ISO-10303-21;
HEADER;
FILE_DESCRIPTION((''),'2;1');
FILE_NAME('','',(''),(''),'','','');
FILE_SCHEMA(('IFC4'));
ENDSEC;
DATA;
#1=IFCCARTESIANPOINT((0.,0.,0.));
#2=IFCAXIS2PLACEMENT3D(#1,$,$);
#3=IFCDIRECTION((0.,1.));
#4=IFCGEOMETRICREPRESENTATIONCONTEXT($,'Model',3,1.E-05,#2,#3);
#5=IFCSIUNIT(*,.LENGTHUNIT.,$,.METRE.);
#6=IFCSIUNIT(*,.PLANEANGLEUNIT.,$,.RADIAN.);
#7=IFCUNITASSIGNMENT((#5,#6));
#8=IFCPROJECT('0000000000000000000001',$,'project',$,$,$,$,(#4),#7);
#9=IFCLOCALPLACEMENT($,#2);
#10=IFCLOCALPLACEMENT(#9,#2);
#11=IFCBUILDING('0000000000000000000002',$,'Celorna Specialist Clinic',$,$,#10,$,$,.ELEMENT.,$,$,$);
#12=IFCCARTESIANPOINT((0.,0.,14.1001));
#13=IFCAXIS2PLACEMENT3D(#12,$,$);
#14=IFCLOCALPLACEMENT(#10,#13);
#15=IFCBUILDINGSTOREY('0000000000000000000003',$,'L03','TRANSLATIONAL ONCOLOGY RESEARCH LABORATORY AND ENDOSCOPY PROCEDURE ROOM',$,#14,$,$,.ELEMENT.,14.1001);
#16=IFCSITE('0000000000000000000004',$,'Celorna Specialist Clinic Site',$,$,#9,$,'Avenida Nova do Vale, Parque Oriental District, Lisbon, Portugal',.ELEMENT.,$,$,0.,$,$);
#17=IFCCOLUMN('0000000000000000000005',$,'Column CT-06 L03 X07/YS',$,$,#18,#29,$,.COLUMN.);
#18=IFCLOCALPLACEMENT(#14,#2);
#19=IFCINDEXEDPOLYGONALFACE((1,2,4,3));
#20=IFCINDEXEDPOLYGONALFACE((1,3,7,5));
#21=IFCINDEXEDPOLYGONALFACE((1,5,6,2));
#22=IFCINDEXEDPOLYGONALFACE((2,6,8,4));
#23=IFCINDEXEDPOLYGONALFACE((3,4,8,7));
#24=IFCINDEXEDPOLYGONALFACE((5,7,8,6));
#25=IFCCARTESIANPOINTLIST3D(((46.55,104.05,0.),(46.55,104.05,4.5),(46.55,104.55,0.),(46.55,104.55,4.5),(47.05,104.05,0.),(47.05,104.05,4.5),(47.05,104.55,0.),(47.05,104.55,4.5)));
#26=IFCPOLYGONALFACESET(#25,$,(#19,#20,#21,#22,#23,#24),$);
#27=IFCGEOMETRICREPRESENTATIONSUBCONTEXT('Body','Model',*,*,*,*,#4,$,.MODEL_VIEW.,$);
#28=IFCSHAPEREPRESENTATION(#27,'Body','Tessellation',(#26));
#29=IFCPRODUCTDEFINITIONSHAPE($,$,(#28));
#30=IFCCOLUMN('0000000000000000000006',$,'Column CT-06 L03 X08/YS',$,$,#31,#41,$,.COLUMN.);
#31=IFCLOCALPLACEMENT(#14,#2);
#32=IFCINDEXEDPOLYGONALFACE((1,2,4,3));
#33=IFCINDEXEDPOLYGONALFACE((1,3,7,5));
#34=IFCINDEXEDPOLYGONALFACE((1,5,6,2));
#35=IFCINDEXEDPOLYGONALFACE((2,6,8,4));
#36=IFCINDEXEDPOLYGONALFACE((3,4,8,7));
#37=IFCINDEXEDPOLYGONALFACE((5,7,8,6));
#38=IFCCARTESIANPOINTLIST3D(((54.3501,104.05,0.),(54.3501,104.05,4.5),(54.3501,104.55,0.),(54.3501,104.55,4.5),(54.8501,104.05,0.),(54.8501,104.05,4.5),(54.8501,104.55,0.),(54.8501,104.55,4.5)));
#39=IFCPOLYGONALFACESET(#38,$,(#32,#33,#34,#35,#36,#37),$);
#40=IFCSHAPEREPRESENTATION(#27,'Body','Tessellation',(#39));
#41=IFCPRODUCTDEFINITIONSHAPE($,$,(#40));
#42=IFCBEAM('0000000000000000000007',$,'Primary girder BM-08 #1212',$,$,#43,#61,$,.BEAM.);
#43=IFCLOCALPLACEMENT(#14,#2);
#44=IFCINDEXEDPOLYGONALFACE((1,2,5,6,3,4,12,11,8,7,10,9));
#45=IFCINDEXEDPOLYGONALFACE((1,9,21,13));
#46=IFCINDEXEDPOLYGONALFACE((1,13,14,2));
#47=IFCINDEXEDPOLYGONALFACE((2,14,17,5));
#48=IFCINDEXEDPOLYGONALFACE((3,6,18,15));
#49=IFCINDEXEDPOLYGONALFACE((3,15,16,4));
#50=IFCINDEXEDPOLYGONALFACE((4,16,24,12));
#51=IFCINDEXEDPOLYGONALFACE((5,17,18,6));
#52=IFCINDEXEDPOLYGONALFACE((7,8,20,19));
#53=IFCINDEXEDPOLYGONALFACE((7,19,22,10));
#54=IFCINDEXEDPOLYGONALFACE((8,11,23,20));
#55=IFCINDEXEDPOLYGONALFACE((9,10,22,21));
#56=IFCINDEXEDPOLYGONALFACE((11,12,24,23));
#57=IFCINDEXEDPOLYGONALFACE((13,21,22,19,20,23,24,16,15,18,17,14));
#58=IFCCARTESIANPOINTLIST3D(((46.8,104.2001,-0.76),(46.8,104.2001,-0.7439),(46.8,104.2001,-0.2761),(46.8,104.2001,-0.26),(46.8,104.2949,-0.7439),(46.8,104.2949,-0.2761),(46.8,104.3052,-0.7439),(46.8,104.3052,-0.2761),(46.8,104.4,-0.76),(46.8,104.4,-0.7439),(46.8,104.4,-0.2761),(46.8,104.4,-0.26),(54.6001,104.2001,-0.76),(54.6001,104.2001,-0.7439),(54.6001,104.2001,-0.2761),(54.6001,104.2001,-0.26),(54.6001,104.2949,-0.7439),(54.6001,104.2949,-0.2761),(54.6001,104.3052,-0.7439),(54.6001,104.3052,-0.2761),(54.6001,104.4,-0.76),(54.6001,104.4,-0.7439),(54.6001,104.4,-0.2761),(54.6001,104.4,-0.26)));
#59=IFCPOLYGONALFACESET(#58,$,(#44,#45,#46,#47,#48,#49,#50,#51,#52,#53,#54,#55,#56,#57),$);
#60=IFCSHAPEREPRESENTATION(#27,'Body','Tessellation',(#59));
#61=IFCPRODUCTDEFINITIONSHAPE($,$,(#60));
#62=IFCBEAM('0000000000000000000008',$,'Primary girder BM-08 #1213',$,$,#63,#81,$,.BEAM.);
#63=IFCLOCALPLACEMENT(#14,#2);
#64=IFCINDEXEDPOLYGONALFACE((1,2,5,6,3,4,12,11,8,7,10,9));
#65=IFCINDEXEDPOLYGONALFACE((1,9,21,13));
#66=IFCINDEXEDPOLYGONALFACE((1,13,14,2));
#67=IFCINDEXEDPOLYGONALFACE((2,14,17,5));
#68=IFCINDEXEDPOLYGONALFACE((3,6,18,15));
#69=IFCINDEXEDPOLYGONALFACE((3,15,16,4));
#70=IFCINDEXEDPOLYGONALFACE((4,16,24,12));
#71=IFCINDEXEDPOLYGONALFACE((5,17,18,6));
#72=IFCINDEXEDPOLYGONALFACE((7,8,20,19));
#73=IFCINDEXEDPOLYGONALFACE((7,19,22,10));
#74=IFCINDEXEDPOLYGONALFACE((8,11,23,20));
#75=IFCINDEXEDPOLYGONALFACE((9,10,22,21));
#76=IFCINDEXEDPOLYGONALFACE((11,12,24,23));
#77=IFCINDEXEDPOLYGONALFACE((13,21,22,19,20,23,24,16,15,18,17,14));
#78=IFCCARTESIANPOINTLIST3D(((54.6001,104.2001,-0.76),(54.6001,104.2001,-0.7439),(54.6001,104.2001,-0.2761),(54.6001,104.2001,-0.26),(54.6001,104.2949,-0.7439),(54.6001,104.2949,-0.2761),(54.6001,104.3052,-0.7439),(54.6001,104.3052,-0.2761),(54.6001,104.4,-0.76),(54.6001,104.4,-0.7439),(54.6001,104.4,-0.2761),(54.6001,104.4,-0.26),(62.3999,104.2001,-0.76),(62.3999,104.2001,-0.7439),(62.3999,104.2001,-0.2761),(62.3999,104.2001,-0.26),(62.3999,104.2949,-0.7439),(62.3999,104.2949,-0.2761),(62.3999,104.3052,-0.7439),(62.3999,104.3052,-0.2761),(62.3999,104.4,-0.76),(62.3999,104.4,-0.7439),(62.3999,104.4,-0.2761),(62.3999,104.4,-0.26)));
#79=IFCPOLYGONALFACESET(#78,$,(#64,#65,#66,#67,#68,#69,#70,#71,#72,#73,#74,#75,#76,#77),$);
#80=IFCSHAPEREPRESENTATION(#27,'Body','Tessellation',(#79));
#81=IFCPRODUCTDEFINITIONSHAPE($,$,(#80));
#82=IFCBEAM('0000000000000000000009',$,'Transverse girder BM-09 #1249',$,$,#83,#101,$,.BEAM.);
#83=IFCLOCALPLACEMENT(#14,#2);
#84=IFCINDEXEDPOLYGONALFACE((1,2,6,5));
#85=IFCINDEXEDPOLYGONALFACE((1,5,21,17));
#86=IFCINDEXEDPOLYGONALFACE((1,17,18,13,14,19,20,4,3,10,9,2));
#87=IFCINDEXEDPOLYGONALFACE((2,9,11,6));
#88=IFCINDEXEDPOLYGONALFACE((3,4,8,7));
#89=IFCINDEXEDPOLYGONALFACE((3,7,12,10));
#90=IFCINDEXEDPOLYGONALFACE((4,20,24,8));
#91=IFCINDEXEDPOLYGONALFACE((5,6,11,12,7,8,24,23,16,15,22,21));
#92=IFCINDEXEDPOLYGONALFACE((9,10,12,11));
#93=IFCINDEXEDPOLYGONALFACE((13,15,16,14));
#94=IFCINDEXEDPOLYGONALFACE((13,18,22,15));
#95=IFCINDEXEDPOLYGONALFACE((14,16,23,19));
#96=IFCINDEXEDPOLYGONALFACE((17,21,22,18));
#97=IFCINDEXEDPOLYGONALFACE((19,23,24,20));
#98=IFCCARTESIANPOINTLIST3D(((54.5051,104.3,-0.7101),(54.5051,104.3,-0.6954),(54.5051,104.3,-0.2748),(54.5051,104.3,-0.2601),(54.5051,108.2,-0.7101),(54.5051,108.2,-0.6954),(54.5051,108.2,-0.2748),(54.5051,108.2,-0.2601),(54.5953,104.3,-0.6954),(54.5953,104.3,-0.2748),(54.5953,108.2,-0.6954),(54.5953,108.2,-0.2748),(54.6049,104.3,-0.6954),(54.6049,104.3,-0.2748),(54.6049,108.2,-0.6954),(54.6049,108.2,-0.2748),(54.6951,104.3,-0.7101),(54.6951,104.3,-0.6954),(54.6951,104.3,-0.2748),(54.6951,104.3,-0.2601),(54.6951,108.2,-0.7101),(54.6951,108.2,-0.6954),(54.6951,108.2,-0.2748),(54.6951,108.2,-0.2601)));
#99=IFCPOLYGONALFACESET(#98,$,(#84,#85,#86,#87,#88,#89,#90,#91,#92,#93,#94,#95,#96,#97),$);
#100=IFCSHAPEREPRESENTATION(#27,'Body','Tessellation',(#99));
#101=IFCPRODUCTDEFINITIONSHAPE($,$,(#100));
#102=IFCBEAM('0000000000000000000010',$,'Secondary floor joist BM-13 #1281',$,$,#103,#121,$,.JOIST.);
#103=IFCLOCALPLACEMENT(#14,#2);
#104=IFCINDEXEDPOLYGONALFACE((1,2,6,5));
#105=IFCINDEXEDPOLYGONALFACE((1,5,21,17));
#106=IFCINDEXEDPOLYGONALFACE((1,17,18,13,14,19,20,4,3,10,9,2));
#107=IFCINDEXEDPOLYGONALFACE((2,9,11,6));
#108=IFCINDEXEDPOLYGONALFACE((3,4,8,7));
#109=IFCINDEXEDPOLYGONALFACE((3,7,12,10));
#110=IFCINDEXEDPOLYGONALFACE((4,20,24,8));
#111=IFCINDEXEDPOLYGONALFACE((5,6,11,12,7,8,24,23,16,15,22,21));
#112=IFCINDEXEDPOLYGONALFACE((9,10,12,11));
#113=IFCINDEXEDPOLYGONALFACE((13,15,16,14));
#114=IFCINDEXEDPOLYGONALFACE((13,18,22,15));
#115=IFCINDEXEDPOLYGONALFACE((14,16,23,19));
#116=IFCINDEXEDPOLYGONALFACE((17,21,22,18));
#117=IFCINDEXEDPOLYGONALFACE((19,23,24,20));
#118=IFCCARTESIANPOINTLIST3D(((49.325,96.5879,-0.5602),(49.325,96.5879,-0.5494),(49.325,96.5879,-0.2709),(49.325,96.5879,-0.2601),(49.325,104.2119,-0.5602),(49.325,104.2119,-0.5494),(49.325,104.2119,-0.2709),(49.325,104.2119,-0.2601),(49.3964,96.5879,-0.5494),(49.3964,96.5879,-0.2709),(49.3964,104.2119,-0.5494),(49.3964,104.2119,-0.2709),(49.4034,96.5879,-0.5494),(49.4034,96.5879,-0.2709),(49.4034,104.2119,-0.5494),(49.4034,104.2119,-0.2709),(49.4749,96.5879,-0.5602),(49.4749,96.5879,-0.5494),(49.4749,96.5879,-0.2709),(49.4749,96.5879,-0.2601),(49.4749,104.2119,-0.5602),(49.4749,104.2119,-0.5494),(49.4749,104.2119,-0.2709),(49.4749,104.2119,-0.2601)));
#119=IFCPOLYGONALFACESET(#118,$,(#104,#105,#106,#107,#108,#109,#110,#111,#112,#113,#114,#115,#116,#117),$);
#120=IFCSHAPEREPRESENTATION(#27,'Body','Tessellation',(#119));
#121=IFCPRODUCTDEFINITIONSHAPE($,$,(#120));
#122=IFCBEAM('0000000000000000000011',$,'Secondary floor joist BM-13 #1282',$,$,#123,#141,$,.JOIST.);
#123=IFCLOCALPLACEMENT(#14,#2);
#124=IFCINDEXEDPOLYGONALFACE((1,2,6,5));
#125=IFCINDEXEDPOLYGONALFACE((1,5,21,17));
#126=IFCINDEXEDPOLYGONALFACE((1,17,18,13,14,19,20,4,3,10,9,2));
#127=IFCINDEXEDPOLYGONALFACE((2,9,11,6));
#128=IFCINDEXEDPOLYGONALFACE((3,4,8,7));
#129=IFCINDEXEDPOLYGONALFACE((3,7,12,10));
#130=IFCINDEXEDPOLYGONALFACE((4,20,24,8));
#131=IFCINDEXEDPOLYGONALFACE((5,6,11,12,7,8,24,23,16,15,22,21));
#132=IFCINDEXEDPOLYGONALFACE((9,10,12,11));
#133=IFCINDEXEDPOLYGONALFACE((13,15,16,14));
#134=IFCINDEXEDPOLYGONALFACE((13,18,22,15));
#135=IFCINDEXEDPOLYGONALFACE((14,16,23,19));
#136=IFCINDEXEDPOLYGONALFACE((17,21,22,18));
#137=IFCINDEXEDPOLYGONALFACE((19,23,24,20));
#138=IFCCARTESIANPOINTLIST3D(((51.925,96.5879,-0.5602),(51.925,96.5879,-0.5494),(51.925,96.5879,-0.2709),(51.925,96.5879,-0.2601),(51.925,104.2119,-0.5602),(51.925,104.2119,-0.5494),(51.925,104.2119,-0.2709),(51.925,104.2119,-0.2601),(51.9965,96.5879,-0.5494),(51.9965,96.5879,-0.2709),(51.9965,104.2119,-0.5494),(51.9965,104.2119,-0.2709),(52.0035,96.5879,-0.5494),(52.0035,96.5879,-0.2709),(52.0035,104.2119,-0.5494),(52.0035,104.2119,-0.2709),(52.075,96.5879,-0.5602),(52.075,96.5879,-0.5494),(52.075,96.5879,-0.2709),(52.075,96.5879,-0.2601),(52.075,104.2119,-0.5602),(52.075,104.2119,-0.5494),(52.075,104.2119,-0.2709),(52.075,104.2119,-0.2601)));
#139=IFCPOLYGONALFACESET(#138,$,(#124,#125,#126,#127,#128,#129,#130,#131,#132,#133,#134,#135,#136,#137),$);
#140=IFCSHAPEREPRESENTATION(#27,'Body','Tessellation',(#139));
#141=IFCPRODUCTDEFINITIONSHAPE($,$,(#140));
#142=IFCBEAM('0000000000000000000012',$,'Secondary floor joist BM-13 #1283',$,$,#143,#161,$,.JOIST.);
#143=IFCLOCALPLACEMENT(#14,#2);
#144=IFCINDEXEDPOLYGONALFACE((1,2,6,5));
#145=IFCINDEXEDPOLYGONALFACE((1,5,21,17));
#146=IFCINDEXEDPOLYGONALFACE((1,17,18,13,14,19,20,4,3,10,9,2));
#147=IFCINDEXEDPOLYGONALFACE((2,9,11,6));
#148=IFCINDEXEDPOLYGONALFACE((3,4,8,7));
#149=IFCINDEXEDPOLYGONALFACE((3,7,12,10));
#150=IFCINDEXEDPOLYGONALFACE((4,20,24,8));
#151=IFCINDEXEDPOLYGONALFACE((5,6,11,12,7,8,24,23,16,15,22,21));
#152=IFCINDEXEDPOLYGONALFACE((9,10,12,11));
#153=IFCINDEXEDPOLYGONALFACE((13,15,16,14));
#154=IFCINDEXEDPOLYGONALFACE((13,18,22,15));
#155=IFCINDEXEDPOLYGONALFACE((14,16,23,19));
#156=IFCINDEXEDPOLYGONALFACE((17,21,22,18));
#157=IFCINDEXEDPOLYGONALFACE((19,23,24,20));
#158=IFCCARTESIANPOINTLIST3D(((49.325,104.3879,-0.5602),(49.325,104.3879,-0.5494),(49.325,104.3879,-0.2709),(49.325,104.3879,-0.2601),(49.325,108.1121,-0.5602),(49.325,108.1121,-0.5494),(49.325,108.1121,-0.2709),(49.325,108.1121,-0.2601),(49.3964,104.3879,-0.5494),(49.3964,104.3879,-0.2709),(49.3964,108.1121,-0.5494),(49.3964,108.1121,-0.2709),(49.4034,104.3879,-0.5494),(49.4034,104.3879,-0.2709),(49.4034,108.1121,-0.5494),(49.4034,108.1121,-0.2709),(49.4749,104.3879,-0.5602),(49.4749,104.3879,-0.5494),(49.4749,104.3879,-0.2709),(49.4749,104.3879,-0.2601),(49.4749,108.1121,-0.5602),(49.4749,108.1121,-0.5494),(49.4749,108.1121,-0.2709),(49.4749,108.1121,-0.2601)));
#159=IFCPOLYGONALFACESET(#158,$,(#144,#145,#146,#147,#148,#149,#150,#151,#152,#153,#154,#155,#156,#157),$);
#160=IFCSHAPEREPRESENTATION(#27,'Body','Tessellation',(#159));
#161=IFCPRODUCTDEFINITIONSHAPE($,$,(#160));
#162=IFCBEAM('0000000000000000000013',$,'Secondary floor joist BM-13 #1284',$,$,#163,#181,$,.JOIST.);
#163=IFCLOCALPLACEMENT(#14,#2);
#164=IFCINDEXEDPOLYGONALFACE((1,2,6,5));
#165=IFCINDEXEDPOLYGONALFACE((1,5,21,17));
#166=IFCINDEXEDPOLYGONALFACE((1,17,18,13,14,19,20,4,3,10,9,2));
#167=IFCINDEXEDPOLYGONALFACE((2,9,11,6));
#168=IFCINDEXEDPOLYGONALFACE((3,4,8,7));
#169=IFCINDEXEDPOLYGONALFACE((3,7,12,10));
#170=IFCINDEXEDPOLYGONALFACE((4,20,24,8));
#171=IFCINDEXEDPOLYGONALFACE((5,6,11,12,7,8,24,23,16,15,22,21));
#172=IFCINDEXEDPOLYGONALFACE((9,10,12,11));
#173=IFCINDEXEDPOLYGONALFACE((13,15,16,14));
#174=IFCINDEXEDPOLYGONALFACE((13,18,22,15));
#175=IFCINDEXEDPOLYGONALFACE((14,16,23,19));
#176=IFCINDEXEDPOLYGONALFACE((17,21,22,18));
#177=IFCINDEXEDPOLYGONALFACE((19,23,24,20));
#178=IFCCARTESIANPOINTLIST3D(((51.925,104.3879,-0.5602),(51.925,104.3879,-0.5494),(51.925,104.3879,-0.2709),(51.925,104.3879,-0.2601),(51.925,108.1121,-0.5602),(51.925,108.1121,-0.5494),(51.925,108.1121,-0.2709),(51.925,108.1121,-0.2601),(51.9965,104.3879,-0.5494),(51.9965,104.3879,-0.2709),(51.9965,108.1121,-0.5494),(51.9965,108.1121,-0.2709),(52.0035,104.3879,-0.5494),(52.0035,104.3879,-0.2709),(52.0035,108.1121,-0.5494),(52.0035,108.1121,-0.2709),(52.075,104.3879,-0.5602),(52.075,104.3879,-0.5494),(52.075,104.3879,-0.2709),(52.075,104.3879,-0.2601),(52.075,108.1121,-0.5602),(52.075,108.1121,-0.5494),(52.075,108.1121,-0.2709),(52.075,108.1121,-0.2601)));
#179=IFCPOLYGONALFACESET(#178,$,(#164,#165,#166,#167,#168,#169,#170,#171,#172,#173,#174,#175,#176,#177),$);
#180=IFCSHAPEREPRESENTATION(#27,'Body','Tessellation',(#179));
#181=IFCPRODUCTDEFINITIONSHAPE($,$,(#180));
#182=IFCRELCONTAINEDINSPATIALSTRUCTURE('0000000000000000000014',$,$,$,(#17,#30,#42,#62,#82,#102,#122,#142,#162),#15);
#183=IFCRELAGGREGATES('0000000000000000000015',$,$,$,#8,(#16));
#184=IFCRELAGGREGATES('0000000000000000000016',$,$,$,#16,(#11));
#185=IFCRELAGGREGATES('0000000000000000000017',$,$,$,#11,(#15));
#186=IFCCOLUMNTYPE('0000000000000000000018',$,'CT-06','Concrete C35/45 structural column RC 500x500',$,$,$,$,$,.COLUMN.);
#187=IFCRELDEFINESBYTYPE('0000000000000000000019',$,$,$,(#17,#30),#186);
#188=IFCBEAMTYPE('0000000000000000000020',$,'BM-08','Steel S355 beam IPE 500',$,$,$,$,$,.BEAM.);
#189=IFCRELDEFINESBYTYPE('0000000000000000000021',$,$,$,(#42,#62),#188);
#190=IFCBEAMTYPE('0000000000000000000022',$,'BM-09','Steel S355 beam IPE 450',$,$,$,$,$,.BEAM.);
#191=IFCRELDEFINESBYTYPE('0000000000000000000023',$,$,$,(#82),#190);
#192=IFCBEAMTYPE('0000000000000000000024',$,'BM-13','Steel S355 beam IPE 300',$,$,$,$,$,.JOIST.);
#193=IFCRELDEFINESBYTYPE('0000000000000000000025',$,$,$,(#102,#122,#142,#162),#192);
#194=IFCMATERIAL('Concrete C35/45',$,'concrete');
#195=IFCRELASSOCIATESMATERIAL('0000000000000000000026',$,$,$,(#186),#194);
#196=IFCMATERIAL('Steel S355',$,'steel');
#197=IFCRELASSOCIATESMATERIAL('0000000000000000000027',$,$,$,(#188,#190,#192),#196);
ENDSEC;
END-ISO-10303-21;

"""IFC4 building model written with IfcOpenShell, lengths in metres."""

from ifc_helpers import new_model, si_unit, direction, frame, origin, origin_2d, place, context, subcontext, project, spatial, rectangle, i_section, extrude, material, material_profile, profile_set, type_object, element, save


model = new_model("IFC4")

# Units and contexts
model_context = context("Model", 3, precision=1e-05, world=origin(), true_north=direction((0.0, 1.0)))
body_context = subcontext(model_context, "Body", "Model", "MODEL_VIEW")
ifc_project = project(units=[si_unit("LENGTHUNIT", "METRE"), si_unit("PLANEANGLEUNIT", "RADIAN")], contexts=[model_context])

# Site, building, storey
site_placement = place(None, origin())
site = spatial("IfcSite", under=ifc_project, at=site_placement, Name="Celorna Specialist Clinic Site", LongName="Avenida Nova do Vale, Parque Oriental District, Lisbon, Portugal", CompositionType="ELEMENT", RefElevation=0.0)
building_placement = place(site_placement, origin())
building = spatial("IfcBuilding", under=site, at=building_placement, Name="Celorna Specialist Clinic", CompositionType="ELEMENT")
storey_placement = place(building_placement, frame((0.0, 0.0, 14.1001)))
storey = spatial("IfcBuildingStorey", under=building, at=storey_placement, Name="L03", Description="TRANSLATIONAL ONCOLOGY RESEARCH LABORATORY AND ENDOSCOPY PROCEDURE ROOM", CompositionType="ELEMENT", Elevation=14.1001)

# Columns
ifc_material_1 = material(Name="Concrete C35/45", Category="concrete")
ifc_material_profile_1 = material_profile(ifc_material_1, rectangle(XDim=0.5, YDim=0.5, at=origin_2d()), Name="RC 500x500")
ifc_profile_set_1 = profile_set([ifc_material_profile_1], Name="Concrete C35/45")
column_type = type_object("IfcColumnType", Name="CT-06", Description="Concrete C35/45 structural column RC 500x500", PredefinedType="COLUMN", material=ifc_profile_set_1)
for number, where, z_axis, x_axis, name in (
    (1, (46.8, 104.3, 0.0), (0.0, 0.0, 1.0), (1.0, 0.0, 0.0), "Column CT-06 L03 X07/YS"),
    (2, (54.6001, 104.3, 0.0), (0.0, 0.0, 1.0), (1.0, 0.0, 0.0), "Column CT-06 L03 X08/YS"),
):
    element("IfcColumn", number, at=place(storey_placement, frame(where, z_axis=z_axis, x_axis=x_axis)), inside=storey, type_object=column_type, Name=name, PredefinedType="COLUMN", context=body_context, shape_type="SweptSolid", body=[
        extrude(rectangle(XDim=0.5, YDim=0.5, at=origin_2d()), origin(), (0.0, 0.0, 1.0), 4.5),
    ])

# Beams
ifc_material_2 = material(Name="Steel S355", Category="steel")
ifc_material_profile_2 = material_profile(ifc_material_2, i_section(OverallWidth=0.2, OverallDepth=0.5, WebThickness=0.0103, FlangeThickness=0.0161, at=origin_2d()), Name="IPE 500")
ifc_profile_set_2 = profile_set([ifc_material_profile_2], Name="Steel S355")
beam_type_1 = type_object("IfcBeamType", Name="BM-08", Description="Steel S355 beam IPE 500", PredefinedType="BEAM", material=ifc_profile_set_2)
beam_1_placement = place(storey_placement, frame((46.8, 104.3, -0.51), z_axis=(1.0, 0.0, 0.0), x_axis=(0.0, 1.0, 0.0)))
element("IfcBeam", 3, at=beam_1_placement, inside=storey, type_object=beam_type_1, Name="Primary girder BM-08 #1212", PredefinedType="BEAM", context=body_context, shape_type="SweptSolid", body=[
    extrude(i_section(OverallWidth=0.2, OverallDepth=0.5, WebThickness=0.0103, FlangeThickness=0.0161, at=origin_2d()), origin(), (0.0, 0.0, 1.0), 7.8),
])
beam_2_placement = place(storey_placement, frame((54.6001, 104.3, -0.51), z_axis=(1.0, 0.0, 0.0), x_axis=(0.0, 1.0, 0.0)))
element("IfcBeam", 4, at=beam_2_placement, inside=storey, type_object=beam_type_1, Name="Primary girder BM-08 #1213", PredefinedType="BEAM", context=body_context, shape_type="SweptSolid", body=[
    extrude(i_section(OverallWidth=0.2, OverallDepth=0.5, WebThickness=0.0103, FlangeThickness=0.0161, at=origin_2d()), origin(), (0.0, 0.0, 1.0), 7.7998),
])
ifc_material_profile_3 = material_profile(ifc_material_2, i_section(OverallWidth=0.1899, OverallDepth=0.45, WebThickness=0.0095, FlangeThickness=0.0146, at=origin_2d()), Name="IPE 450")
ifc_profile_set_3 = profile_set([ifc_material_profile_3], Name="Steel S355")
beam_type_2 = type_object("IfcBeamType", Name="BM-09", Description="Steel S355 beam IPE 450", PredefinedType="BEAM", material=ifc_profile_set_3)
beam_3_placement = place(storey_placement, frame((54.6001, 104.3, -0.4851), z_axis=(0.0, 1.0, 0.0), x_axis=(-1.0, 0.0, 0.0)))
element("IfcBeam", 5, at=beam_3_placement, inside=storey, type_object=beam_type_2, Name="Transverse girder BM-09 #1249", PredefinedType="BEAM", context=body_context, shape_type="SweptSolid", body=[
    extrude(i_section(OverallWidth=0.1899, OverallDepth=0.45, WebThickness=0.0095, FlangeThickness=0.0146, at=origin_2d()), origin(), (0.0, 0.0, 1.0), 3.8999),
])
ifc_material_profile_4 = material_profile(ifc_material_2, i_section(OverallWidth=0.1499, OverallDepth=0.3, WebThickness=0.0071, FlangeThickness=0.0107, at=origin_2d()), Name="IPE 300")
ifc_profile_set_4 = profile_set([ifc_material_profile_4], Name="Steel S355")
beam_type_3 = type_object("IfcBeamType", Name="BM-13", Description="Steel S355 beam IPE 300", PredefinedType="JOIST", material=ifc_profile_set_4)
for number, where, z_axis, x_axis, name in (
    (6, (49.3999, 96.5879, -0.4102), (0.0, 1.0, 0.0), (-1.0, 0.0, 0.0), "Secondary floor joist BM-13 #1281"),
    (7, (52.0, 96.5879, -0.4102), (0.0, 1.0, 0.0), (-1.0, 0.0, 0.0), "Secondary floor joist BM-13 #1282"),
):
    element("IfcBeam", number, at=place(storey_placement, frame(where, z_axis=z_axis, x_axis=x_axis)), inside=storey, type_object=beam_type_3, Name=name, PredefinedType="JOIST", context=body_context, shape_type="SweptSolid", body=[
        extrude(i_section(OverallWidth=0.1499, OverallDepth=0.3, WebThickness=0.0071, FlangeThickness=0.0107, at=origin_2d()), origin(), (0.0, 0.0, 1.0), 7.624),
    ])
for number, where, z_axis, x_axis, name in (
    (8, (49.3999, 104.3879, -0.4102), (0.0, 1.0, 0.0), (-1.0, 0.0, 0.0), "Secondary floor joist BM-13 #1283"),
    (9, (52.0, 104.3879, -0.4102), (0.0, 1.0, 0.0), (-1.0, 0.0, 0.0), "Secondary floor joist BM-13 #1284"),
):
    element("IfcBeam", number, at=place(storey_placement, frame(where, z_axis=z_axis, x_axis=x_axis)), inside=storey, type_object=beam_type_3, Name=name, PredefinedType="JOIST", context=body_context, shape_type="SweptSolid", body=[
        extrude(i_section(OverallWidth=0.1499, OverallDepth=0.3, WebThickness=0.0071, FlangeThickness=0.0107, at=origin_2d()), origin(), (0.0, 0.0, 1.0), 3.7241),
    ])

save(model, "model.ifc")
